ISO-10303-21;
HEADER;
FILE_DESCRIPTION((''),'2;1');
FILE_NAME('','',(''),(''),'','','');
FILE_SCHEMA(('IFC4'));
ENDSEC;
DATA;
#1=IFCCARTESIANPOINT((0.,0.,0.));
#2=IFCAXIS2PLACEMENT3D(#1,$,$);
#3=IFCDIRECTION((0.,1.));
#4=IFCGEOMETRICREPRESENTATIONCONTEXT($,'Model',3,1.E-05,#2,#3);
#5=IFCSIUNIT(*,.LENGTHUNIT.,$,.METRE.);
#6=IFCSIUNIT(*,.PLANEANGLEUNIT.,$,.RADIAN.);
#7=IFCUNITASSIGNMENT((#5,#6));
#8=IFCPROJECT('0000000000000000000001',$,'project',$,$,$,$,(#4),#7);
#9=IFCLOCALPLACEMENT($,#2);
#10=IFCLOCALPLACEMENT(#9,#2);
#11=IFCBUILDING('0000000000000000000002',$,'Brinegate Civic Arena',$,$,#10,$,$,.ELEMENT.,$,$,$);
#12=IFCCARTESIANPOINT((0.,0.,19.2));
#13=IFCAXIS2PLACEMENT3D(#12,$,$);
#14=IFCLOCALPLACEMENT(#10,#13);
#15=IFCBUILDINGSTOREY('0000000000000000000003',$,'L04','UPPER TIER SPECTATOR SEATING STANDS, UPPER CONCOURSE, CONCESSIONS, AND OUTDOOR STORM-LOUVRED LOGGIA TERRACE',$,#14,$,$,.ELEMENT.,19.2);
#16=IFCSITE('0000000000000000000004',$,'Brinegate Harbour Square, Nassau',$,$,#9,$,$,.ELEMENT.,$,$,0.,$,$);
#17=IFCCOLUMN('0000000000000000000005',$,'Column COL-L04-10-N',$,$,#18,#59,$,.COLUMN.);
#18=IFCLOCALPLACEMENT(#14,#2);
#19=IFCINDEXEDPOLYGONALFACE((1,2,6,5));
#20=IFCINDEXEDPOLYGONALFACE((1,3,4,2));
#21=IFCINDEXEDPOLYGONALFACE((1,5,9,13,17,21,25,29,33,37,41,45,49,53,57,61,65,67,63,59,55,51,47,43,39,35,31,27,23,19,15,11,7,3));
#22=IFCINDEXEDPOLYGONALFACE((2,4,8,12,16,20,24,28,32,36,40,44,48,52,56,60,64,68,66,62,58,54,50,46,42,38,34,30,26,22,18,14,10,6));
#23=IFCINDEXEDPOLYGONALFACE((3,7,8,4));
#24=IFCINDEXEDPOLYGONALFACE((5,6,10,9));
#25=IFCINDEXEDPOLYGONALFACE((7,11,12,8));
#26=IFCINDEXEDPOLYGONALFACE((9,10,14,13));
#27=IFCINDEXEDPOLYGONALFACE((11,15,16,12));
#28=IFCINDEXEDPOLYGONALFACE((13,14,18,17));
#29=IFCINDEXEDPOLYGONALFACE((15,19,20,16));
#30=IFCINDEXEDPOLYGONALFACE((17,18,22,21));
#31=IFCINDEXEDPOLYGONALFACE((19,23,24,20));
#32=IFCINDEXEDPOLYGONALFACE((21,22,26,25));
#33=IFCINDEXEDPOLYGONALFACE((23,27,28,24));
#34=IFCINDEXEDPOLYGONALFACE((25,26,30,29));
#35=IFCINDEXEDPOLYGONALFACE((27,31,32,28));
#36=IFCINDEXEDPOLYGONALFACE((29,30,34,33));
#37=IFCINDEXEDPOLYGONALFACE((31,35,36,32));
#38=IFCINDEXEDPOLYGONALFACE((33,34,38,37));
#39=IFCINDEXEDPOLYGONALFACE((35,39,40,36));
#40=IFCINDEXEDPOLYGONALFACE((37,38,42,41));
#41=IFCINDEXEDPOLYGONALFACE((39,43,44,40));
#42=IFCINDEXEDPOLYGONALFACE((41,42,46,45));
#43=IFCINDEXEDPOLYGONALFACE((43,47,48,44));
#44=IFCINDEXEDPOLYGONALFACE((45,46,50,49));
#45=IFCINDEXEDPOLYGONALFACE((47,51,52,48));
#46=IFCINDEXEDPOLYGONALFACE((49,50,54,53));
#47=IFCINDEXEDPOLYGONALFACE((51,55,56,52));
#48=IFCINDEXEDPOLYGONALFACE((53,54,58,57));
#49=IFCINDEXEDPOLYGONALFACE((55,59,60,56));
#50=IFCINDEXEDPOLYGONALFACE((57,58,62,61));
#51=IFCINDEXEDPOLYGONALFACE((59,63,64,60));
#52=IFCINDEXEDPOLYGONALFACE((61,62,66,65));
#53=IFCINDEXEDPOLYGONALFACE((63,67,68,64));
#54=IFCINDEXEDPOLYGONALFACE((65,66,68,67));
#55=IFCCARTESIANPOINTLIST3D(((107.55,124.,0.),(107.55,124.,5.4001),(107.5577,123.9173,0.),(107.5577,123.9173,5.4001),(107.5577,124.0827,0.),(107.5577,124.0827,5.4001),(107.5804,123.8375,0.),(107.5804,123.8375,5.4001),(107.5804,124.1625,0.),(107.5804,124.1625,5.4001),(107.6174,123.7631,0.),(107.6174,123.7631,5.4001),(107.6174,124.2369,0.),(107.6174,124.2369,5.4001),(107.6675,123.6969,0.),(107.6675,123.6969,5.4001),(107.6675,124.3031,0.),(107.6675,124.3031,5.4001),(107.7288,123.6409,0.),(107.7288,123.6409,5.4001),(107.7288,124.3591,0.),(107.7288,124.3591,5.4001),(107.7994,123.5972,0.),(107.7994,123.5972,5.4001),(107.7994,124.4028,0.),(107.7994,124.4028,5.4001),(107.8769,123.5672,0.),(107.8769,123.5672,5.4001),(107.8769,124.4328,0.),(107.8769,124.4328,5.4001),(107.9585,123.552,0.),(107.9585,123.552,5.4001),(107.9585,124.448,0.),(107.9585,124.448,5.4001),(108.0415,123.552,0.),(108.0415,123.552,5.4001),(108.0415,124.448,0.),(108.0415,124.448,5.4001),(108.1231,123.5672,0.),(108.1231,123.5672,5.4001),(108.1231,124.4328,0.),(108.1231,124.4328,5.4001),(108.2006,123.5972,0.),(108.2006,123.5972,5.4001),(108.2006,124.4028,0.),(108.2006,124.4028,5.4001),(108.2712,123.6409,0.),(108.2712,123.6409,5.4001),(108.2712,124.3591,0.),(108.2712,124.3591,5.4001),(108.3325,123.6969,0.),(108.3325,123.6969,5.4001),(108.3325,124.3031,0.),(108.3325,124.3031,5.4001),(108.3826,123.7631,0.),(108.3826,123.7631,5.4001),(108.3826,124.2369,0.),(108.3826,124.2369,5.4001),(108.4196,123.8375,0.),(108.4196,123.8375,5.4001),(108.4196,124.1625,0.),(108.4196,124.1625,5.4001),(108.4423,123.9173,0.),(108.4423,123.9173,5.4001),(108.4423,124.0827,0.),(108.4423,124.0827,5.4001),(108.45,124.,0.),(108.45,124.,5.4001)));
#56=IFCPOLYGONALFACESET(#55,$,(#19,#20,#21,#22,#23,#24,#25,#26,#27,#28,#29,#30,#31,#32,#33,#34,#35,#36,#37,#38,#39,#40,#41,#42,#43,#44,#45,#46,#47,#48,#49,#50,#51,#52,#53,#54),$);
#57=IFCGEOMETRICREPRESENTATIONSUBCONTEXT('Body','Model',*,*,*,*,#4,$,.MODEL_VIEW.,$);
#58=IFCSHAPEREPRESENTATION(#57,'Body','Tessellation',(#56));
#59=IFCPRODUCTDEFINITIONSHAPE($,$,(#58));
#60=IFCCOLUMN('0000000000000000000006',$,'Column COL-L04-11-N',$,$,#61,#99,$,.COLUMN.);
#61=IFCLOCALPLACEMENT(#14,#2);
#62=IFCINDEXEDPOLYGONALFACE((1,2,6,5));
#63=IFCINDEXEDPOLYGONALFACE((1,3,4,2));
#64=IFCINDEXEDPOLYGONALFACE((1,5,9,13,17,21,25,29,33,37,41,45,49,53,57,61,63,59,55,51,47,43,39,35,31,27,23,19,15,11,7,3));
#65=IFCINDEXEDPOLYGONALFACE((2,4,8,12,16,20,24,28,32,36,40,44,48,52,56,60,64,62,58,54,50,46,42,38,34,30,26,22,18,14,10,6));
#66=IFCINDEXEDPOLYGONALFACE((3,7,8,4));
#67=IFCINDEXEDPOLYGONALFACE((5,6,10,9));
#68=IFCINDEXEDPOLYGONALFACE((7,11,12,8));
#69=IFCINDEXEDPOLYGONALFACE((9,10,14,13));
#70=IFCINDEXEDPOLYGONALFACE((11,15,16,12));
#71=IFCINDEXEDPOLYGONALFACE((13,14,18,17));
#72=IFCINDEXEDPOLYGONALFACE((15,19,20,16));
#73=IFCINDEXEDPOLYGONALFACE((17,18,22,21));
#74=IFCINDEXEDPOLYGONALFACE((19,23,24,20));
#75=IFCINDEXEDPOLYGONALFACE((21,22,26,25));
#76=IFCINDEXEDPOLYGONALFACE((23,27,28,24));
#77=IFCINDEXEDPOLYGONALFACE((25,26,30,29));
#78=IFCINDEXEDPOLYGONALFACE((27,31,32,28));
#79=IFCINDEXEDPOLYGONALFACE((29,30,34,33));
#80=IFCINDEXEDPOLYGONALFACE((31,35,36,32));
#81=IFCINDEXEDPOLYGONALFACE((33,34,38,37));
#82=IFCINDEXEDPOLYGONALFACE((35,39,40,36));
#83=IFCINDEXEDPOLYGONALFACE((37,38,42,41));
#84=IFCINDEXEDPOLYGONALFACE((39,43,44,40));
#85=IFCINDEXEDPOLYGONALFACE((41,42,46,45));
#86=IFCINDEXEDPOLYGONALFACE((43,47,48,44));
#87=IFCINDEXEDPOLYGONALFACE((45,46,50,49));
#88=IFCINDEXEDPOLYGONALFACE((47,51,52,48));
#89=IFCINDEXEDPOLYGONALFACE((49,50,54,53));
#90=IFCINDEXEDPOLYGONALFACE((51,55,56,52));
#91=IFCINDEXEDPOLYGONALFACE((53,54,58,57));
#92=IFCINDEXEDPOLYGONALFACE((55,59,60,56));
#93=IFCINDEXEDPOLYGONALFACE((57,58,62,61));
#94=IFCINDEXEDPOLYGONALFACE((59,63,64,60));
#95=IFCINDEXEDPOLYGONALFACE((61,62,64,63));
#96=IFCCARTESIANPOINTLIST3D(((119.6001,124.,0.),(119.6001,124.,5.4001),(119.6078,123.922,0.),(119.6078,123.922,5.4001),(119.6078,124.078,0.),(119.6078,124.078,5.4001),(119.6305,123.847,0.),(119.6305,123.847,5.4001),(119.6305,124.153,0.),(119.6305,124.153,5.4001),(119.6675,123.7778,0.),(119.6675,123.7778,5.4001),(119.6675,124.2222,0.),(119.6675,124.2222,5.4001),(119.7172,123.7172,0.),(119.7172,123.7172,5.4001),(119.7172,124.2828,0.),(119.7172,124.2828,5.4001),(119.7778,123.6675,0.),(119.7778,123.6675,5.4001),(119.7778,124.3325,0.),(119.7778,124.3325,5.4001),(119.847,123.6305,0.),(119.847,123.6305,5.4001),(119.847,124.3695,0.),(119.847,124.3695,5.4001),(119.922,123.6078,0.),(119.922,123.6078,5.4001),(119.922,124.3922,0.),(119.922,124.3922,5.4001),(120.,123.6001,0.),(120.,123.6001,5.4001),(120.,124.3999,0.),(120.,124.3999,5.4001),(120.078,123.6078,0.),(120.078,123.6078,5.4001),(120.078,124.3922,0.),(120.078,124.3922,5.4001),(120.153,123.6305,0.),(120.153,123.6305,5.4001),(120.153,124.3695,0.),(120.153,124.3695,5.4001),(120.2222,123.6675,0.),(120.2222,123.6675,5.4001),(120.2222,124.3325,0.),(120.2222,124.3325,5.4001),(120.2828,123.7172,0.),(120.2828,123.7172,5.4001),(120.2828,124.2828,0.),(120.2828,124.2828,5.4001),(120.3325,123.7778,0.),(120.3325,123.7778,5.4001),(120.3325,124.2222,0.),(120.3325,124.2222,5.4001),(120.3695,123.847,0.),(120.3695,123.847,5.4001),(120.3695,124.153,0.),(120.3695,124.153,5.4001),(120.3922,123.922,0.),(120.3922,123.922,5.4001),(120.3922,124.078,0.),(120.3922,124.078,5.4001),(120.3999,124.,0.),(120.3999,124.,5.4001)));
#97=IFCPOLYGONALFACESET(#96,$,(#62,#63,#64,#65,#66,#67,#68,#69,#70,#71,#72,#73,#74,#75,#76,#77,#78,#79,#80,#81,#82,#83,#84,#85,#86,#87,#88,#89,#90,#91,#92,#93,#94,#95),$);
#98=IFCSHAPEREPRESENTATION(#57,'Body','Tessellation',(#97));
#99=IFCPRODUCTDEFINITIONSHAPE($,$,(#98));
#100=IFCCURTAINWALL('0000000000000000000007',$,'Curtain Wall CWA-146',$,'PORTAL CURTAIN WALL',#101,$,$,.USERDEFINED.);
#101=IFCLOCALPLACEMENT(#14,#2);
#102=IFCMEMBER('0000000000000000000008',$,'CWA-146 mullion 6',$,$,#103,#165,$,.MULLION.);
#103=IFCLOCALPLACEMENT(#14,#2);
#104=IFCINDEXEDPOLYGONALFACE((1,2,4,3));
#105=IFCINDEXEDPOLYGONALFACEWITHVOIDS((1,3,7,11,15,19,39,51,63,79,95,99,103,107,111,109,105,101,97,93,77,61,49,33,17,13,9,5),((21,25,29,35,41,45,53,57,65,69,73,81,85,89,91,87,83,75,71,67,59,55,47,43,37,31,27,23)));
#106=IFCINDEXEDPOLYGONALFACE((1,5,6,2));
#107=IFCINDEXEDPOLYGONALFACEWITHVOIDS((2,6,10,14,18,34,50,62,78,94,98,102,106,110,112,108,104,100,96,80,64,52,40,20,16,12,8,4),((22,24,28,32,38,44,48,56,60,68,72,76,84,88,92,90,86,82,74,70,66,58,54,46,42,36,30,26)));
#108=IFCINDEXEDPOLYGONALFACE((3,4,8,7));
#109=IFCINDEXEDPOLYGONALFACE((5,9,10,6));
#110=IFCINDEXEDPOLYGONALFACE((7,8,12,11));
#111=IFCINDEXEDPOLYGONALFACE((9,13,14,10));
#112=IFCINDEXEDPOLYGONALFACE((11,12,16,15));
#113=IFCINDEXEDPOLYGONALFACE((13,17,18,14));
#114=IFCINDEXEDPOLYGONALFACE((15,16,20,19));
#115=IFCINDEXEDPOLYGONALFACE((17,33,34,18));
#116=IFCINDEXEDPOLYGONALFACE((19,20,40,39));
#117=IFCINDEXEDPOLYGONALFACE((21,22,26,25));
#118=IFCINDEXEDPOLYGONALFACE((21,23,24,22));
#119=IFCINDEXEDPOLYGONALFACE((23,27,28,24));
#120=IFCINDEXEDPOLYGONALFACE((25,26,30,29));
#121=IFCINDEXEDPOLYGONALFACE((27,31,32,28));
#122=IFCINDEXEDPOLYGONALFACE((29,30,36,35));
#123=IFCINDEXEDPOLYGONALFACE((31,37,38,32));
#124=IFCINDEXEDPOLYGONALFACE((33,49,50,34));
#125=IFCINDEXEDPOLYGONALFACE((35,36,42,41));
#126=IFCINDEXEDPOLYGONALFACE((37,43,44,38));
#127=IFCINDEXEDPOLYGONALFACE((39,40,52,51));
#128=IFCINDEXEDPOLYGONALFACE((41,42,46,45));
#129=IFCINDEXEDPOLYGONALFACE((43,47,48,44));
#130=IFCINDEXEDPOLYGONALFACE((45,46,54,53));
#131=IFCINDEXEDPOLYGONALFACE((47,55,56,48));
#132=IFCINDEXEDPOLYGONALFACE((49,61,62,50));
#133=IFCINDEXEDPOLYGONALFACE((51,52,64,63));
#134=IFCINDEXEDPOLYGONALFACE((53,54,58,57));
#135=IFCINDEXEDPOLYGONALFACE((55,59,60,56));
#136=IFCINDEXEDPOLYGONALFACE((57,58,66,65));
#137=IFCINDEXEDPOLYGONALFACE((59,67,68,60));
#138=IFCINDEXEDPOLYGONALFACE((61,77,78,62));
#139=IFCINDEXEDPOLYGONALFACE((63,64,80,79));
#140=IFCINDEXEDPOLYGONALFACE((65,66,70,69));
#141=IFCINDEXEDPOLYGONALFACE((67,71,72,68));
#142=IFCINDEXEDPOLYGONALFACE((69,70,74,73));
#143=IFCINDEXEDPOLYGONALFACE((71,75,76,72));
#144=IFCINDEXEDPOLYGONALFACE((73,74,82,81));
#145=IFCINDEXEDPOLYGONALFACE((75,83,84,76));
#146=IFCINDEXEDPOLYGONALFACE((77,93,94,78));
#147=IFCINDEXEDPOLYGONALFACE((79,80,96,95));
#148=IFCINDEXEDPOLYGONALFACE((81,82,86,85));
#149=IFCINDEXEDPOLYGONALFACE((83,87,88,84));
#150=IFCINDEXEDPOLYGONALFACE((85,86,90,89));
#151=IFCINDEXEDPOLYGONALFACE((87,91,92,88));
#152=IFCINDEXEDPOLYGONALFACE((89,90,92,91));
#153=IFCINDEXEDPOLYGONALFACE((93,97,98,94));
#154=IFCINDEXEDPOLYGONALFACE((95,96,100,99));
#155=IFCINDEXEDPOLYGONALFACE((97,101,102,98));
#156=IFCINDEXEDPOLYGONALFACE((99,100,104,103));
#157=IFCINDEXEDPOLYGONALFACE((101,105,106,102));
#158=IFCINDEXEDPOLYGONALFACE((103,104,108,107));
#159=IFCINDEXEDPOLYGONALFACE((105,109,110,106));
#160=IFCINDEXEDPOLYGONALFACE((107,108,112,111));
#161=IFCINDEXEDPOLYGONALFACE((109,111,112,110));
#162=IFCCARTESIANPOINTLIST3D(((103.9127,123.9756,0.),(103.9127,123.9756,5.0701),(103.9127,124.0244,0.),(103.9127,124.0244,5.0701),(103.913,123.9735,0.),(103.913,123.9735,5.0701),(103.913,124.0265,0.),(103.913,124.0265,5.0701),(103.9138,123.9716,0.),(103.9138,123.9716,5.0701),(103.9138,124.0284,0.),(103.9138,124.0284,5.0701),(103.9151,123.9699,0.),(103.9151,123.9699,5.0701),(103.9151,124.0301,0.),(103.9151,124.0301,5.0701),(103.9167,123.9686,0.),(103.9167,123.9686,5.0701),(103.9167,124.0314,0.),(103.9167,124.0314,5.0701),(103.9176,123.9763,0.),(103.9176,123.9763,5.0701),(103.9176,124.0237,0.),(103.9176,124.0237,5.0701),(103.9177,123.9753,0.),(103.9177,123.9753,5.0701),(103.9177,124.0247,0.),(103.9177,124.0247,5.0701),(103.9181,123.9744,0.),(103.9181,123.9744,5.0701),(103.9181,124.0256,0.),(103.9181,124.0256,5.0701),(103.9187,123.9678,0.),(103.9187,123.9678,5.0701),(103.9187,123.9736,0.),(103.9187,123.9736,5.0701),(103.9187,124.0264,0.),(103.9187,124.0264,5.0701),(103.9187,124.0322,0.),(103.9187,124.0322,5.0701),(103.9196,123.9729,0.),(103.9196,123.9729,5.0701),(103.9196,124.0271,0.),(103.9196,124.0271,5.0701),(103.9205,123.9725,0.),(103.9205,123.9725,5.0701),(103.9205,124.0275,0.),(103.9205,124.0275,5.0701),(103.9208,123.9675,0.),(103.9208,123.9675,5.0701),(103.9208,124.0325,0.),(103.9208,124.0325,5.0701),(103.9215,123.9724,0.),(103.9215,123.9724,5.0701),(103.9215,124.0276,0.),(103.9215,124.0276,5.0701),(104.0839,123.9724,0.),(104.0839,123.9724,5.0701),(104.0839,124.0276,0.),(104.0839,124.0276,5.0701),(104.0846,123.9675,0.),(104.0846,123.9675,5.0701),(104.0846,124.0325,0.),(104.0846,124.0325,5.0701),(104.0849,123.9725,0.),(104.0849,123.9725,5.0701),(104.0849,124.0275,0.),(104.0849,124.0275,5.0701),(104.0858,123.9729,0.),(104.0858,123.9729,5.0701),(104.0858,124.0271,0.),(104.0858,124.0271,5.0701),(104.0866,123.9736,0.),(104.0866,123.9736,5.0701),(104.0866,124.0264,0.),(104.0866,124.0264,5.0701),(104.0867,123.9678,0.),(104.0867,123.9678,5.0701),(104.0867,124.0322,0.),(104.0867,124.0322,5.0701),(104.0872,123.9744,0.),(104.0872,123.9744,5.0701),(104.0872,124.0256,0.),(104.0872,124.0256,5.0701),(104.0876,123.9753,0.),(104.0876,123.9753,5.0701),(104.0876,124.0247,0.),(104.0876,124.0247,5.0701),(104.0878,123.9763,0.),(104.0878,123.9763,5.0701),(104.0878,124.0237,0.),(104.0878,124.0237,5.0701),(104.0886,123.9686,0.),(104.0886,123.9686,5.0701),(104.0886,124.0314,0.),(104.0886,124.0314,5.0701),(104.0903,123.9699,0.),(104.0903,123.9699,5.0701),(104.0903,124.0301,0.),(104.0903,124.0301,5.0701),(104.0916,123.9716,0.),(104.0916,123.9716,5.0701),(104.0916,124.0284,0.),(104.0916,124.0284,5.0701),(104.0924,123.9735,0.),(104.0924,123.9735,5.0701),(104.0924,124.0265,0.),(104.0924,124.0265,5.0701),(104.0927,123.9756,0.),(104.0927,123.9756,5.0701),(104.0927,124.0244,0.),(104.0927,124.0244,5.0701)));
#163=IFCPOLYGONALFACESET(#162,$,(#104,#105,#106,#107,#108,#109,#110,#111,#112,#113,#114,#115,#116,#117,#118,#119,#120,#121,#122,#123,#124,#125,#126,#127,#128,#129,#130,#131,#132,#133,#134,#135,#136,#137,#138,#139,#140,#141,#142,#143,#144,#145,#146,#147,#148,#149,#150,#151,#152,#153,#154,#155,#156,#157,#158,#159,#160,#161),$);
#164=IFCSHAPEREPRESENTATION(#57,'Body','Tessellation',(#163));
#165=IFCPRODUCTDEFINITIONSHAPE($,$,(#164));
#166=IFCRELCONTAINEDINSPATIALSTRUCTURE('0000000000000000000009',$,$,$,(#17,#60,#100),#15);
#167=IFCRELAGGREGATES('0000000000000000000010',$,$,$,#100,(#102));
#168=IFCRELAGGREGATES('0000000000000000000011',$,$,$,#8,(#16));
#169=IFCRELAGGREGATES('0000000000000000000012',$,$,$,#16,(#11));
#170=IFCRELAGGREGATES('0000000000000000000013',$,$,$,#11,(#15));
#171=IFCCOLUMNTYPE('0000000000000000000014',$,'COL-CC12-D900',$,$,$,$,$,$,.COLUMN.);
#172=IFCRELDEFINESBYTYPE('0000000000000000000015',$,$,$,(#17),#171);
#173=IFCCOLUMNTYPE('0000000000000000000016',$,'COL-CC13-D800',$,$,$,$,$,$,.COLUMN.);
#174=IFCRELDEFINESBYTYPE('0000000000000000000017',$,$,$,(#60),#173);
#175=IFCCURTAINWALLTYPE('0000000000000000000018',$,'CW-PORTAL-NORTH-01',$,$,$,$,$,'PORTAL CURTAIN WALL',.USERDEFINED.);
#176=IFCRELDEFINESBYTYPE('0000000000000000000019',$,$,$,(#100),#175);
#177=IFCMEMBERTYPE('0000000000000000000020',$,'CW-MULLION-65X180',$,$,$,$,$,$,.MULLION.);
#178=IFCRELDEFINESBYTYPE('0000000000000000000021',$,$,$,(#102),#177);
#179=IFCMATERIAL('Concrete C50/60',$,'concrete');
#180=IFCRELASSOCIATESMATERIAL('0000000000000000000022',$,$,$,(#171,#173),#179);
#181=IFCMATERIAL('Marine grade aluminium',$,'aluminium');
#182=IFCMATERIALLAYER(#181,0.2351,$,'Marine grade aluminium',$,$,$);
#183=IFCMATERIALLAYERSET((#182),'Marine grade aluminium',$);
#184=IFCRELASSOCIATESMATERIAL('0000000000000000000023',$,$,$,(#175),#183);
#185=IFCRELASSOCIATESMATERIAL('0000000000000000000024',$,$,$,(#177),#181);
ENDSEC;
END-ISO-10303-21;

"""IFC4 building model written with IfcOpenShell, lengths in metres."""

from ifc_helpers import new_model, si_unit, direction, frame, origin, origin_2d, place, context, subcontext, project, spatial, hollow_rectangle, circle, extrude, material, layer, layer_set, material_profile, profile_set, type_object, element, aggregate, save


model = new_model("IFC4")

# Units and contexts
model_context = context("Model", 3, precision=1e-05, world=origin(), true_north=direction((0.0, 1.0)))
body_context = subcontext(model_context, "Body", "Model", "MODEL_VIEW")
ifc_project = project(units=[si_unit("LENGTHUNIT", "METRE"), si_unit("PLANEANGLEUNIT", "RADIAN")], contexts=[model_context])

# Site, building, storey
site_placement = place(None, origin())
site = spatial("IfcSite", under=ifc_project, at=site_placement, Name="Brinegate Harbour Square, Nassau", CompositionType="ELEMENT", RefElevation=0.0)
building_placement = place(site_placement, origin())
building = spatial("IfcBuilding", under=site, at=building_placement, Name="Brinegate Civic Arena", CompositionType="ELEMENT")
storey_placement = place(building_placement, frame((0.0, 0.0, 19.2)))
storey = spatial("IfcBuildingStorey", under=building, at=storey_placement, Name="L04", Description="UPPER TIER SPECTATOR SEATING STANDS, UPPER CONCOURSE, CONCESSIONS, AND OUTDOOR STORM-LOUVRED LOGGIA TERRACE", CompositionType="ELEMENT", Elevation=19.2)

# Columns
ifc_material_1 = material(Name="Concrete C50/60", Category="concrete")
ifc_material_profile_1 = material_profile(ifc_material_1, circle(Radius=0.45, at=origin_2d()), Name="RCD900")
ifc_profile_set_1 = profile_set([ifc_material_profile_1], Name="Concrete C50/60")
column_type_1 = type_object("IfcColumnType", Name="COL-CC12-D900", PredefinedType="COLUMN", material=ifc_profile_set_1)
column_1_placement = place(storey_placement, frame((108.0, 124.0, 0.0), z_axis=(0.0, 0.0, 1.0), x_axis=(1.0, 0.0, 0.0)))
element("IfcColumn", 1, at=column_1_placement, inside=storey, type_object=column_type_1, Name="Column COL-L04-10-N", PredefinedType="COLUMN", context=body_context, shape_type="SweptSolid", body=[
    extrude(circle(Radius=0.45, at=origin_2d()), origin(), (0.0, 0.0, 1.0), 5.4001),
])
ifc_material_profile_2 = material_profile(ifc_material_1, circle(Radius=0.3999, at=origin_2d()), Name="RCD800")
ifc_profile_set_2 = profile_set([ifc_material_profile_2], Name="Concrete C50/60")
column_type_2 = type_object("IfcColumnType", Name="COL-CC13-D800", PredefinedType="COLUMN", material=ifc_profile_set_2)
column_2_placement = place(storey_placement, frame((120.0, 124.0, 0.0), z_axis=(0.0, 0.0, 1.0), x_axis=(1.0, 0.0, 0.0)))
element("IfcColumn", 2, at=column_2_placement, inside=storey, type_object=column_type_2, Name="Column COL-L04-11-N", PredefinedType="COLUMN", context=body_context, shape_type="SweptSolid", body=[
    extrude(circle(Radius=0.3999, at=origin_2d()), origin(), (0.0, 0.0, 1.0), 5.4001),
])

# Curtain wall, member
ifc_material_2 = material(Name="Marine grade aluminium", Category="aluminium")
ifc_layer_1 = layer(ifc_material_2, 0.2351, Name="Marine grade aluminium")
ifc_layer_set_1 = layer_set([ifc_layer_1], Name="Marine grade aluminium")
curtain_wall_type = type_object("IfcCurtainWallType", Name="CW-PORTAL-NORTH-01", ElementType="PORTAL CURTAIN WALL", PredefinedType="USERDEFINED", material=ifc_layer_set_1)
curtain_wall_placement = place(storey_placement, origin())
curtain_wall = element("IfcCurtainWall", 3, at=curtain_wall_placement, inside=storey, type_object=curtain_wall_type, Name="Curtain Wall CWA-146", ObjectType="PORTAL CURTAIN WALL", PredefinedType="USERDEFINED")
ifc_material_profile_3 = material_profile(ifc_material_2, hollow_rectangle(XDim=0.0649, YDim=0.1799, WallThickness=0.0049, InnerFilletRadius=0.0039, OuterFilletRadius=0.0081, at=origin_2d()), Name="MUL65X180")
ifc_profile_set_3 = profile_set([ifc_material_profile_3], Name="Marine grade aluminium")
member_type_1 = type_object("IfcMemberType", Name="CW-MULLION-65X180", PredefinedType="MULLION", material=ifc_profile_set_3)
member_1_placement = place(storey_placement, frame((104.0027, 124.0, 0.0), z_axis=(0.0, 0.0, 1.0), x_axis=(0.0, 1.0, 0.0)))
member_1 = element("IfcMember", 4, at=member_1_placement, type_object=member_type_1, Name="CWA-146 mullion 6", PredefinedType="MULLION", context=body_context, shape_type="SweptSolid", body=[
    extrude(hollow_rectangle(XDim=0.0649, YDim=0.1799, WallThickness=0.0049, InnerFilletRadius=0.0039, OuterFilletRadius=0.0081, at=origin_2d()), origin(), (0.0, 0.0, 1.0), 5.0701),
])

aggregate(curtain_wall, [member_1])

save(model, "model.ifc")
